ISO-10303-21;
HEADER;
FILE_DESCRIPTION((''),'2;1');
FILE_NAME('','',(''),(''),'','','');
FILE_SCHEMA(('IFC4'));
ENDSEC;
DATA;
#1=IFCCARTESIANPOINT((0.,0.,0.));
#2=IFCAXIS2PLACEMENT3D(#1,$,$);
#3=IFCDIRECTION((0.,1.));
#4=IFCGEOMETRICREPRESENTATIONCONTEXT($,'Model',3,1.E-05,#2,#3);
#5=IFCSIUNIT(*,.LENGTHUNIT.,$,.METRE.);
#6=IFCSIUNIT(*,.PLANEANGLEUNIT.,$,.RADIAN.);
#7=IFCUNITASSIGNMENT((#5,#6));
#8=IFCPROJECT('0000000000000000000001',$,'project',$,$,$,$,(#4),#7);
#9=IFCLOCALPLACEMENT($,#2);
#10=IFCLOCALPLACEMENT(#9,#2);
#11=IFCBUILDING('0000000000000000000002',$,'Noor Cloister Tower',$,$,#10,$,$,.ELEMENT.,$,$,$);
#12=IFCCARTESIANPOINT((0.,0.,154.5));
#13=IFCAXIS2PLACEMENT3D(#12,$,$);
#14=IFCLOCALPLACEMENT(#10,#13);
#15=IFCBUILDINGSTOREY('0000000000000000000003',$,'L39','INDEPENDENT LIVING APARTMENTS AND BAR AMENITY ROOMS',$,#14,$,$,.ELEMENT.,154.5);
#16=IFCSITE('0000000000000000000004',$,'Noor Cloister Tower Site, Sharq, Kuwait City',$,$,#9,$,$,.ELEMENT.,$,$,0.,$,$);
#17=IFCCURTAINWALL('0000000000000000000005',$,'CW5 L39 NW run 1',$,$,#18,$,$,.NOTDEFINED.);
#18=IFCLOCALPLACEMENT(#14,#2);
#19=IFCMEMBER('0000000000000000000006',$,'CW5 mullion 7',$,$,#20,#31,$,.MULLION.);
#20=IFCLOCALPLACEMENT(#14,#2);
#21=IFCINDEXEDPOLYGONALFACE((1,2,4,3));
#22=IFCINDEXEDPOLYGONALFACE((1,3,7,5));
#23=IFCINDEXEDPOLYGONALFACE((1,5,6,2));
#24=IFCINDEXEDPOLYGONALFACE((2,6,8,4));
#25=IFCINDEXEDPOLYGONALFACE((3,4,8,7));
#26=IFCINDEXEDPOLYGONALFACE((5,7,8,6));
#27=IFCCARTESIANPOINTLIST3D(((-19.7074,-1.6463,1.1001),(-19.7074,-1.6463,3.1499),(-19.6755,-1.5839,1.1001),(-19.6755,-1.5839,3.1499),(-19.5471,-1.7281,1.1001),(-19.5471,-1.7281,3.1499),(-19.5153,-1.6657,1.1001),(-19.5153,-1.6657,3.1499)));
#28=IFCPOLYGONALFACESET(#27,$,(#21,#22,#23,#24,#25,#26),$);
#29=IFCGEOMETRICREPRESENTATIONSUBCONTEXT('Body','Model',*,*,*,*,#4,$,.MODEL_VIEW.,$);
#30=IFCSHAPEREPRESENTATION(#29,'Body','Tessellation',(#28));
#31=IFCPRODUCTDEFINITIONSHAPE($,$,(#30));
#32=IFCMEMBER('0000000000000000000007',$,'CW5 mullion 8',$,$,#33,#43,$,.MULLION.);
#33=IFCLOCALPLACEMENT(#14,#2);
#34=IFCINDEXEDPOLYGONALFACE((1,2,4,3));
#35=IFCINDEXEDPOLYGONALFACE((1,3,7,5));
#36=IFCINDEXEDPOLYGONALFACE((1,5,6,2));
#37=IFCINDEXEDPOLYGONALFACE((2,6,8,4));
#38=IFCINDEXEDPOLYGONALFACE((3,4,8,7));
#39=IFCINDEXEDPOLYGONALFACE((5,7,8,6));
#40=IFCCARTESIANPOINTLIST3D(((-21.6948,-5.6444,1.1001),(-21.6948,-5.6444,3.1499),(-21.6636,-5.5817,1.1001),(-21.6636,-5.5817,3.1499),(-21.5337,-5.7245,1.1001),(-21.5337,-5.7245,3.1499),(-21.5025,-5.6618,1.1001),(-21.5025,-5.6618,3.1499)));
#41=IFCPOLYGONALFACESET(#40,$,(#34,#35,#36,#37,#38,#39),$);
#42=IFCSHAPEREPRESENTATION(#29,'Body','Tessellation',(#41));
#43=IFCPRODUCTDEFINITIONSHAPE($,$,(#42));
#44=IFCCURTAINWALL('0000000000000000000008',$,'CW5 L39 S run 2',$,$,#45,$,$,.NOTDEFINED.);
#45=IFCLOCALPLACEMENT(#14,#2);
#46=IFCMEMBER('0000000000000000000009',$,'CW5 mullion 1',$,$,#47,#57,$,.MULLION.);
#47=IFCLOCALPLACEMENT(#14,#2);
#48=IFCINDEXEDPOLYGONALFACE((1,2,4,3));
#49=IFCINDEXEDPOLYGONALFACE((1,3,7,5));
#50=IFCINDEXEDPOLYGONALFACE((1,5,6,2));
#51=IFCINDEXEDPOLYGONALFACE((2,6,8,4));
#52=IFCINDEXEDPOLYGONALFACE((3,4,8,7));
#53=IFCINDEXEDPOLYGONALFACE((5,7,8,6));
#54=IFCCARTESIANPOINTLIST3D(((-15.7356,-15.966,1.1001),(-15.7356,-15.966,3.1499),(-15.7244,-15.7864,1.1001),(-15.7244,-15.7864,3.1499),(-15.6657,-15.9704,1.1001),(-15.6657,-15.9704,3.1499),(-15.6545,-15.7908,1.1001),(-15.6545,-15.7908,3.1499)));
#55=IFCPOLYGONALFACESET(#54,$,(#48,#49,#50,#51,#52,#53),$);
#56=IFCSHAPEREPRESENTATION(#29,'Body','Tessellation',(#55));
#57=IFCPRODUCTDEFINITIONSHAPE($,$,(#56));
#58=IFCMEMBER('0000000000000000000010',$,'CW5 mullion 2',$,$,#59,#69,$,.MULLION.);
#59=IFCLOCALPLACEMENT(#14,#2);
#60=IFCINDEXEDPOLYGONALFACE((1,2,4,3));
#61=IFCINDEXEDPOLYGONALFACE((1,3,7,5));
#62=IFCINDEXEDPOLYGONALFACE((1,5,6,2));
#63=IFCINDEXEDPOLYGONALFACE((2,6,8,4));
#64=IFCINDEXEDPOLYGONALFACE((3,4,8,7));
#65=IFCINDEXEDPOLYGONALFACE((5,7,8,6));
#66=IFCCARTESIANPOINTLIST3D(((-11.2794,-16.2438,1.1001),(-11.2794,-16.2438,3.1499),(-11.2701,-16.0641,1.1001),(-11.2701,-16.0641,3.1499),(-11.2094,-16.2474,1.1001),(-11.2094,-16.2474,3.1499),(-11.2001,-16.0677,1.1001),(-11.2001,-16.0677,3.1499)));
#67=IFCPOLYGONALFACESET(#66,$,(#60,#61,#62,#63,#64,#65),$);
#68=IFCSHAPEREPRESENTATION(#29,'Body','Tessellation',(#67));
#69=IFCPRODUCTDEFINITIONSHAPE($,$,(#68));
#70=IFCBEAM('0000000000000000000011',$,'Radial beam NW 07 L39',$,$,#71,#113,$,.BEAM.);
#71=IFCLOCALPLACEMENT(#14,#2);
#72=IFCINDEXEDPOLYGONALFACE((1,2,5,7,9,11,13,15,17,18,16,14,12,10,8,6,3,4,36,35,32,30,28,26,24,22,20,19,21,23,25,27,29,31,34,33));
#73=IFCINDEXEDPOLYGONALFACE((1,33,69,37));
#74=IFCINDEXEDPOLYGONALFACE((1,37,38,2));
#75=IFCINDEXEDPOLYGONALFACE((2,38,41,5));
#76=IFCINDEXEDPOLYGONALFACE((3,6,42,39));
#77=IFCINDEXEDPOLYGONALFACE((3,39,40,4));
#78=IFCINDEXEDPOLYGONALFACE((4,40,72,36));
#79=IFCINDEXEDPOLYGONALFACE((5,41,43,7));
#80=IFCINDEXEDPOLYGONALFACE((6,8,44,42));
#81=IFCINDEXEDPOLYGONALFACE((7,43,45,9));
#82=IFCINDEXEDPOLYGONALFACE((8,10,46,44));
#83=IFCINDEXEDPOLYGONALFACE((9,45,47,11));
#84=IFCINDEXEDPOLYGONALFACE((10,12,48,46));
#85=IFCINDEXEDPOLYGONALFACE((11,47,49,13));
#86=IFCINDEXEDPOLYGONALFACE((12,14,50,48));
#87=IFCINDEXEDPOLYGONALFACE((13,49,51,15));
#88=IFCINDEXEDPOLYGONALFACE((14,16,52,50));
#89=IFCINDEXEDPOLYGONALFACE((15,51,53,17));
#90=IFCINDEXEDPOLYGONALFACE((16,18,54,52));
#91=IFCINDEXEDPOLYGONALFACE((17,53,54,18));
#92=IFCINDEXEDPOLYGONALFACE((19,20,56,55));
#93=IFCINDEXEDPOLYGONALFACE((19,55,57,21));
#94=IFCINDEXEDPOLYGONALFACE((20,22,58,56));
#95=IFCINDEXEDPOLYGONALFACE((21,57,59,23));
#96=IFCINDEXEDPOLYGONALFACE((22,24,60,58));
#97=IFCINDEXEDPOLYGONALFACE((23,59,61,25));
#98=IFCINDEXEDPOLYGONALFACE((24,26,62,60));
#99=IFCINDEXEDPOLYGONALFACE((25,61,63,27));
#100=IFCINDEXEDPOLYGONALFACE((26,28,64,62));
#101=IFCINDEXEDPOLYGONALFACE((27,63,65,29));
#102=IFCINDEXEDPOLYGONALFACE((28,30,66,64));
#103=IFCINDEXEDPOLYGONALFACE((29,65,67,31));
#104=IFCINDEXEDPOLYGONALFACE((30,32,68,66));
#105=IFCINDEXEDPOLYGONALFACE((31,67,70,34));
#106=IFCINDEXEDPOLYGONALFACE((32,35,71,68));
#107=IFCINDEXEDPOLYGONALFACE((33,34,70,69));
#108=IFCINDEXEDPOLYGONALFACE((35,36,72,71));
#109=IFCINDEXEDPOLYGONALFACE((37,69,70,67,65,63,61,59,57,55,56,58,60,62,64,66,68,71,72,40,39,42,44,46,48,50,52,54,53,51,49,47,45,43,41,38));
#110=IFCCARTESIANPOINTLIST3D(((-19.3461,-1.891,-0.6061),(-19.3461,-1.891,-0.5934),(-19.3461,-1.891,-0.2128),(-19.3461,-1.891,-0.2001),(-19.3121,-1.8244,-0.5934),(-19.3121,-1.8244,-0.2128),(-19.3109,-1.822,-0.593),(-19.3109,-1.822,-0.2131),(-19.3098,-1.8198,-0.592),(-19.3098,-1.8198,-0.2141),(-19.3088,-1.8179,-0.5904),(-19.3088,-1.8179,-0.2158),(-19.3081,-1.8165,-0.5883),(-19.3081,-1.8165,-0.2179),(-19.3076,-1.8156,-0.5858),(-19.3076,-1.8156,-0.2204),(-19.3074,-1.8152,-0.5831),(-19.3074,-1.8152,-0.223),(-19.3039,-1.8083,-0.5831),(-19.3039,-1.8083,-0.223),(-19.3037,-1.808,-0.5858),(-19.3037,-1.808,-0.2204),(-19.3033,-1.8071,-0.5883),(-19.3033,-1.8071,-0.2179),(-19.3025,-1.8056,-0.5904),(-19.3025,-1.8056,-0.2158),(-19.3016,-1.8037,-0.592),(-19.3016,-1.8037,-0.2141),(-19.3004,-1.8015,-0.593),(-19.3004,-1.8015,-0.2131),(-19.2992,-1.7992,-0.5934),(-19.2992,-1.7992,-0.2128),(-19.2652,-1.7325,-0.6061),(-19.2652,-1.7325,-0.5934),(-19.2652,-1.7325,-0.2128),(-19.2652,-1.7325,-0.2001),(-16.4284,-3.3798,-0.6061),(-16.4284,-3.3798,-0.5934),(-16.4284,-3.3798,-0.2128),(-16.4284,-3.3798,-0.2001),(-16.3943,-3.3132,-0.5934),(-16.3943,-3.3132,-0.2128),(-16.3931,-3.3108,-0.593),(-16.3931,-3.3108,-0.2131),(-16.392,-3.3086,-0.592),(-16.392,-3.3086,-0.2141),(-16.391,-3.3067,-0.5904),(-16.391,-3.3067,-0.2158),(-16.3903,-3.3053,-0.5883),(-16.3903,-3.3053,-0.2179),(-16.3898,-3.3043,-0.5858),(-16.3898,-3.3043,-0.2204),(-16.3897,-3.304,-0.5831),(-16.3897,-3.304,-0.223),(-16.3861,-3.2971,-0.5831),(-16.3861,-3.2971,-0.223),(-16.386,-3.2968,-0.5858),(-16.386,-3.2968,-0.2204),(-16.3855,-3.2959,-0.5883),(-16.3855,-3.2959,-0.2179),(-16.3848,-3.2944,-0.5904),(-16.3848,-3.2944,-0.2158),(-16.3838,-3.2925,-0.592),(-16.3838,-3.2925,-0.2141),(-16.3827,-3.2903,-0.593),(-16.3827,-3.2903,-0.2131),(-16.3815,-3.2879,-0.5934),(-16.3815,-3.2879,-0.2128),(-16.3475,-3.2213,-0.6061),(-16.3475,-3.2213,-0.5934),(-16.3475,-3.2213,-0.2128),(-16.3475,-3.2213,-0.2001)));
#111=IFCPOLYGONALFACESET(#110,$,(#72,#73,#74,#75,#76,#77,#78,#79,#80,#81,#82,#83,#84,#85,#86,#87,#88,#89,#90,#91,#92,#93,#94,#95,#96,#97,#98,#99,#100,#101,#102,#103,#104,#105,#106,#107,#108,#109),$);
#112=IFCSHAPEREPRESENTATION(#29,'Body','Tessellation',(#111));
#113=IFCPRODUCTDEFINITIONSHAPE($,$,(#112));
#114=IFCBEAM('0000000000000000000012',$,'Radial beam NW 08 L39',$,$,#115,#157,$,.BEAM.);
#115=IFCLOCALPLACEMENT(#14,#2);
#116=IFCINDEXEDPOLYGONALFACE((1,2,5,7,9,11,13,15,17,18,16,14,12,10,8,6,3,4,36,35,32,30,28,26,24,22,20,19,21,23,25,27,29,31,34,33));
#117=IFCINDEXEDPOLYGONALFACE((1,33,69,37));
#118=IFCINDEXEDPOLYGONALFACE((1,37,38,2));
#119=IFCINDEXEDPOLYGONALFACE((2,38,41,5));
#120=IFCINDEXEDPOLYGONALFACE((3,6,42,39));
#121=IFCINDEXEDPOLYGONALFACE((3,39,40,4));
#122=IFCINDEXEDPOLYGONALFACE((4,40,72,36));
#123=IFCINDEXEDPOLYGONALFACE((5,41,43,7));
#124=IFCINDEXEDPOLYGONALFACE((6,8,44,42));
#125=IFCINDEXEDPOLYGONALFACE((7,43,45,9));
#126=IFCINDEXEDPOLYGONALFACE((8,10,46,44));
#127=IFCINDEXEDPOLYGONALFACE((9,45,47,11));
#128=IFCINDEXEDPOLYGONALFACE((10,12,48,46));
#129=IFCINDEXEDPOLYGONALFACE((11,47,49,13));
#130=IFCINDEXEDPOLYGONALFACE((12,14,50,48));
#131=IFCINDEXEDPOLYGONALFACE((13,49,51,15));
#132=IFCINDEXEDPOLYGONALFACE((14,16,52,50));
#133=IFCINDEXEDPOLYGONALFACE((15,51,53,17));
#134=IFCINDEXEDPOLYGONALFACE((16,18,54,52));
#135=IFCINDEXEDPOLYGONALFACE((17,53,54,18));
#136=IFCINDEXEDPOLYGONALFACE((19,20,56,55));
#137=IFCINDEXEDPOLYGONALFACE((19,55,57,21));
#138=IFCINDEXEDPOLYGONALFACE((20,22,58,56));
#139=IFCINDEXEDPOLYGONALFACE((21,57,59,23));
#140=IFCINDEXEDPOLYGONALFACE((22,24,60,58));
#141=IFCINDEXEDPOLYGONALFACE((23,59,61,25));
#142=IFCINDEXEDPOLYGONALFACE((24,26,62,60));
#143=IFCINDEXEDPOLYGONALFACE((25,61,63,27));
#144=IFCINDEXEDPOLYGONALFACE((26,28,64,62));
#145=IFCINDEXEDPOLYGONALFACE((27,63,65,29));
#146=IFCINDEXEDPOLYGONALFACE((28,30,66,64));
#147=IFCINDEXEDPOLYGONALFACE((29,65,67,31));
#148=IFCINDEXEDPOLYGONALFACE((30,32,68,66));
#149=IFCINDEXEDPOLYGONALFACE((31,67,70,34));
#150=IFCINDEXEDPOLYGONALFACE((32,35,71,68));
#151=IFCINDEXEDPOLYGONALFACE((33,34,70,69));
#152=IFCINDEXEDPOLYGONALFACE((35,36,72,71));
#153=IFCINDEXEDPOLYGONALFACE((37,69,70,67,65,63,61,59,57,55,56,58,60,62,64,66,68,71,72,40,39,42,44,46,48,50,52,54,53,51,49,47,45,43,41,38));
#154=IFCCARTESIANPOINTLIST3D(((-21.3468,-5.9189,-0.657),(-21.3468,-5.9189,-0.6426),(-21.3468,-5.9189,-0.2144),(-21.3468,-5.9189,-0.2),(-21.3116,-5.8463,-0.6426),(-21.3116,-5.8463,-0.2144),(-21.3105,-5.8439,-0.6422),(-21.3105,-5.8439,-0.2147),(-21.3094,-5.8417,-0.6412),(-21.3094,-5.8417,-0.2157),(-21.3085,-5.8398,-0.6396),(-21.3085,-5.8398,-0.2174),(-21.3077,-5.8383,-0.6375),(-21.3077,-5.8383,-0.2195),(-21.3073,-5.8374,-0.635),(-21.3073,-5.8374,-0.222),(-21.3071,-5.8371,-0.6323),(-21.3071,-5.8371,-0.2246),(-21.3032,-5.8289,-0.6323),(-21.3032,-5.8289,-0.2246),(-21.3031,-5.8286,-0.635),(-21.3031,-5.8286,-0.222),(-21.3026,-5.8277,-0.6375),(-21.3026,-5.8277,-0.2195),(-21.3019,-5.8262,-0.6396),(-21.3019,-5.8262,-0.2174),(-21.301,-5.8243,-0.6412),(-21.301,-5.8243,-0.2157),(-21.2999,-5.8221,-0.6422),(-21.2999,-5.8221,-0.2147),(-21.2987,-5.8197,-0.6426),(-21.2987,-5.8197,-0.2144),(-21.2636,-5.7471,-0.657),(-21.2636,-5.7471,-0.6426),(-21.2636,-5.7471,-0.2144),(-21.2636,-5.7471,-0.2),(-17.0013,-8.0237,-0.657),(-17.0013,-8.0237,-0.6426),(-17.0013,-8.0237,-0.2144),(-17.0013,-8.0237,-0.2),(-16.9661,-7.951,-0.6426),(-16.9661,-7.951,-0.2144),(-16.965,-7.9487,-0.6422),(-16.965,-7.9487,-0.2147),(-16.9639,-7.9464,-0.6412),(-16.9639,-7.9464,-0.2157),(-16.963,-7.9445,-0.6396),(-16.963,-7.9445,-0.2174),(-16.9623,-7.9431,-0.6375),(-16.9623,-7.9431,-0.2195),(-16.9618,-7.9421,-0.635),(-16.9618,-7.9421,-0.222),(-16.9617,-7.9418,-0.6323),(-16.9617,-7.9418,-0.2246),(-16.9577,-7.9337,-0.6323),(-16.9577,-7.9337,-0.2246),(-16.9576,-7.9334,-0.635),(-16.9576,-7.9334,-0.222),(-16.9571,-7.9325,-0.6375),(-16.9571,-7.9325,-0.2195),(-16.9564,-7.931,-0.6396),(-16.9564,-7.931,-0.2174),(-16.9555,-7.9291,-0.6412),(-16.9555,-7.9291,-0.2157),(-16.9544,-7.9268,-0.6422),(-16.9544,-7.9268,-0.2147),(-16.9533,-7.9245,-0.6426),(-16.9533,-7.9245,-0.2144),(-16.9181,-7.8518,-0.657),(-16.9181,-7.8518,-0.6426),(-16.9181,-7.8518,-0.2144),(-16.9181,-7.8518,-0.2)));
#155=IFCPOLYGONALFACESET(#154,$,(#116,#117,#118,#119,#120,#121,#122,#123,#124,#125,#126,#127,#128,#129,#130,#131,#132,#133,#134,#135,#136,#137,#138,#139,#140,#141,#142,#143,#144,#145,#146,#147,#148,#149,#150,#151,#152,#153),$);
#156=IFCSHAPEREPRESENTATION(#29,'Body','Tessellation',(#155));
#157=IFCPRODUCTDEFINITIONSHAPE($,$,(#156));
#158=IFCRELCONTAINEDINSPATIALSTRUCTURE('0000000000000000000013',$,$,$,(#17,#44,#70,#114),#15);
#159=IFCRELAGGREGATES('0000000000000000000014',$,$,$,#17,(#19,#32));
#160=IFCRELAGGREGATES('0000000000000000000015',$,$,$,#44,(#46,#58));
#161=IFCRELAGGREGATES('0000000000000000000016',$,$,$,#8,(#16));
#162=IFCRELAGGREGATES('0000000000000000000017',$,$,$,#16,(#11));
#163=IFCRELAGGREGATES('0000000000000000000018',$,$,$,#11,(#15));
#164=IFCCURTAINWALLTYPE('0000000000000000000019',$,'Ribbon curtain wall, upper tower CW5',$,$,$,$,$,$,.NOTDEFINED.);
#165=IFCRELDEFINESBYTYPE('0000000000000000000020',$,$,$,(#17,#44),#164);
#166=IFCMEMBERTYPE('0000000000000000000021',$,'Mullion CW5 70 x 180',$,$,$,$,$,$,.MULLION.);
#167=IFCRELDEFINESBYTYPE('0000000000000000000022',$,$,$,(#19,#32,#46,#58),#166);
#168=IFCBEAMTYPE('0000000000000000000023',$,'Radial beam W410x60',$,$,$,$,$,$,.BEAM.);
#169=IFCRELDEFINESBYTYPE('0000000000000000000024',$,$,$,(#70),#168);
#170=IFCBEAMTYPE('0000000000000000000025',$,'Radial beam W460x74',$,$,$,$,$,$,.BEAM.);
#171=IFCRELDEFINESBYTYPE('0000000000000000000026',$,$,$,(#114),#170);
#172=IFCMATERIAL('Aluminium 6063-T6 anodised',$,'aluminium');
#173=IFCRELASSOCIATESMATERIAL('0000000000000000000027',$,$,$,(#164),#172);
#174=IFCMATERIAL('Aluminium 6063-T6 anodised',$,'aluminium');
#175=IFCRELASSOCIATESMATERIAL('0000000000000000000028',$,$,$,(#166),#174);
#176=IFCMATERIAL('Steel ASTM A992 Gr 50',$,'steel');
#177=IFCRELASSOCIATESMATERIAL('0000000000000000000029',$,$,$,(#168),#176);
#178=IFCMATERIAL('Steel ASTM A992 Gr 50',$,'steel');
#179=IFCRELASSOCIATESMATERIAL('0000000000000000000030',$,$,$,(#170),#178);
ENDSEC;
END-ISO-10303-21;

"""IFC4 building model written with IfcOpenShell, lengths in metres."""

from ifc_helpers import new_model, si_unit, direction, frame, origin, origin_2d, place, context, subcontext, project, spatial, rectangle, i_section, extrude, material, material_profile, profile_set, type_object, element, aggregate, save


model = new_model("IFC4")

# Units and contexts
model_context = context("Model", 3, precision=1e-05, world=origin(), true_north=direction((0.0, 1.0)))
body_context = subcontext(model_context, "Body", "Model", "MODEL_VIEW")
ifc_project = project(units=[si_unit("LENGTHUNIT", "METRE"), si_unit("PLANEANGLEUNIT", "RADIAN")], contexts=[model_context])

# Site, building, storey
site_placement = place(None, origin())
site = spatial("IfcSite", under=ifc_project, at=site_placement, Name="Noor Cloister Tower Site, Sharq, Kuwait City", CompositionType="ELEMENT", RefElevation=0.0)
building_placement = place(site_placement, origin())
building = spatial("IfcBuilding", under=site, at=building_placement, Name="Noor Cloister Tower", CompositionType="ELEMENT")
storey_placement = place(building_placement, frame((0.0, 0.0, 154.5)))
storey = spatial("IfcBuildingStorey", under=building, at=storey_placement, Name="L39", Description="INDEPENDENT LIVING APARTMENTS AND BAR AMENITY ROOMS", CompositionType="ELEMENT", Elevation=154.5)

# Curtain walls, members
ifc_material_1 = material(Name="Aluminium 6063-T6 anodised", Category="aluminium")
curtain_wall_type = type_object("IfcCurtainWallType", Name="Ribbon curtain wall, upper tower CW5", PredefinedType="NOTDEFINED", material=ifc_material_1)
curtain_wall_1_placement = place(storey_placement, origin())
curtain_wall_1 = element("IfcCurtainWall", 1, at=curtain_wall_1_placement, inside=storey, type_object=curtain_wall_type, Name="CW5 L39 NW run 1", PredefinedType="NOTDEFINED")
ifc_material_2 = material(Name="Aluminium 6063-T6 anodised", Category="aluminium")
ifc_material_profile_1 = material_profile(ifc_material_2, rectangle(XDim=0.1799, YDim=0.0701, at=origin_2d()), Name="180 x 70 mullion")
ifc_profile_set_1 = profile_set([ifc_material_profile_1], Name="Aluminium 6063-T6 anodised")
member_type = type_object("IfcMemberType", Name="Mullion CW5 70 x 180", PredefinedType="MULLION", material=ifc_profile_set_1)
member_1_placement = place(storey_placement, frame((-19.6113, -1.656, 1.1001), z_axis=(0.0, 0.0, 1.0), x_axis=(0.890762, -0.45447, 0.0)))
member_1 = element("IfcMember", 2, at=member_1_placement, type_object=member_type, Name="CW5 mullion 7", PredefinedType="MULLION", context=body_context, shape_type="SweptSolid", body=[
    extrude(rectangle(XDim=0.1799, YDim=0.0701, at=origin_2d()), origin(), (0.0, 0.0, 1.0), 2.0498),
])
member_2_placement = place(storey_placement, frame((-21.5986, -5.6531, 1.1001), z_axis=(0.0, 0.0, 1.0), x_axis=(0.895424, -0.445213, 0.0)))
member_2 = element("IfcMember", 3, at=member_2_placement, type_object=member_type, Name="CW5 mullion 8", PredefinedType="MULLION", context=body_context, shape_type="SweptSolid", body=[
    extrude(rectangle(XDim=0.1799, YDim=0.0701, at=origin_2d()), origin(), (0.0, 0.0, 1.0), 2.0498),
])
curtain_wall_2_placement = place(storey_placement, origin())
curtain_wall_2 = element("IfcCurtainWall", 4, at=curtain_wall_2_placement, inside=storey, type_object=curtain_wall_type, Name="CW5 L39 S run 2", PredefinedType="NOTDEFINED")
member_3_placement = place(storey_placement, frame((-15.6951, -15.8784, 1.1001), z_axis=(0.0, 0.0, 1.0), x_axis=(0.062146, 0.998067, 0.0)))
member_3 = element("IfcMember", 5, at=member_3_placement, type_object=member_type, Name="CW5 mullion 1", PredefinedType="MULLION", context=body_context, shape_type="SweptSolid", body=[
    extrude(rectangle(XDim=0.1799, YDim=0.0701, at=origin_2d()), origin(), (0.0, 0.0, 1.0), 2.0498),
])
member_4_placement = place(storey_placement, frame((-11.2397, -16.1558, 1.1001), z_axis=(0.0, 0.0, 1.0), x_axis=(0.051799, 0.998658, 0.0)))
member_4 = element("IfcMember", 6, at=member_4_placement, type_object=member_type, Name="CW5 mullion 2", PredefinedType="MULLION", context=body_context, shape_type="SweptSolid", body=[
    extrude(rectangle(XDim=0.1799, YDim=0.0701, at=origin_2d()), origin(), (0.0, 0.0, 1.0), 2.0498),
])

# Beams
ifc_material_3 = material(Name="Steel ASTM A992 Gr 50", Category="steel")
ifc_material_profile_2 = material_profile(ifc_material_3, i_section(OverallWidth=0.178, OverallDepth=0.406, WebThickness=0.0078, FlangeThickness=0.0127, FilletRadius=0.0103, at=origin_2d()), Name="W410x60")
ifc_profile_set_2 = profile_set([ifc_material_profile_2], Name="Steel ASTM A992 Gr 50")
beam_type_1 = type_object("IfcBeamType", Name="Radial beam W410x60", PredefinedType="BEAM", material=ifc_profile_set_2)
beam_1_placement = place(storey_placement, frame((-19.3057, -1.8118, -0.4031), z_axis=(0.890745, -0.454503, 0.0), x_axis=(0.454503, 0.890745, 0.0)))
element("IfcBeam", 7, at=beam_1_placement, inside=storey, type_object=beam_type_1, Name="Radial beam NW 07 L39", PredefinedType="BEAM", context=body_context, shape_type="SweptSolid", body=[
    extrude(i_section(OverallWidth=0.178, OverallDepth=0.406, WebThickness=0.0078, FlangeThickness=0.0127, FilletRadius=0.0103, at=origin_2d()), origin(), (0.0, 0.0, 1.0), 3.2756),
])
ifc_material_4 = material(Name="Steel ASTM A992 Gr 50", Category="steel")
ifc_material_profile_3 = material_profile(ifc_material_4, i_section(OverallWidth=0.1909, OverallDepth=0.457, WebThickness=0.009, FlangeThickness=0.0144, FilletRadius=0.0103, at=origin_2d()), Name="W460x74")
ifc_profile_set_3 = profile_set([ifc_material_profile_3], Name="Steel ASTM A992 Gr 50")
beam_type_2 = type_object("IfcBeamType", Name="Radial beam W460x74", PredefinedType="BEAM", material=ifc_profile_set_3)
beam_2_placement = place(storey_placement, frame((-21.3052, -5.833, -0.4285), z_axis=(0.899989, -0.435912, 0.0), x_axis=(0.435912, 0.899989, 0.0)))
element("IfcBeam", 8, at=beam_2_placement, inside=storey, type_object=beam_type_2, Name="Radial beam NW 08 L39", PredefinedType="BEAM", context=body_context, shape_type="SweptSolid", body=[
    extrude(i_section(OverallWidth=0.1909, OverallDepth=0.457, WebThickness=0.009, FlangeThickness=0.0144, FilletRadius=0.0103, at=origin_2d()), origin(), (0.0, 0.0, 1.0), 4.8284),
])

aggregate(curtain_wall_1, [member_1, member_2])
aggregate(curtain_wall_2, [member_3, member_4])

save(model, "model.ifc")
